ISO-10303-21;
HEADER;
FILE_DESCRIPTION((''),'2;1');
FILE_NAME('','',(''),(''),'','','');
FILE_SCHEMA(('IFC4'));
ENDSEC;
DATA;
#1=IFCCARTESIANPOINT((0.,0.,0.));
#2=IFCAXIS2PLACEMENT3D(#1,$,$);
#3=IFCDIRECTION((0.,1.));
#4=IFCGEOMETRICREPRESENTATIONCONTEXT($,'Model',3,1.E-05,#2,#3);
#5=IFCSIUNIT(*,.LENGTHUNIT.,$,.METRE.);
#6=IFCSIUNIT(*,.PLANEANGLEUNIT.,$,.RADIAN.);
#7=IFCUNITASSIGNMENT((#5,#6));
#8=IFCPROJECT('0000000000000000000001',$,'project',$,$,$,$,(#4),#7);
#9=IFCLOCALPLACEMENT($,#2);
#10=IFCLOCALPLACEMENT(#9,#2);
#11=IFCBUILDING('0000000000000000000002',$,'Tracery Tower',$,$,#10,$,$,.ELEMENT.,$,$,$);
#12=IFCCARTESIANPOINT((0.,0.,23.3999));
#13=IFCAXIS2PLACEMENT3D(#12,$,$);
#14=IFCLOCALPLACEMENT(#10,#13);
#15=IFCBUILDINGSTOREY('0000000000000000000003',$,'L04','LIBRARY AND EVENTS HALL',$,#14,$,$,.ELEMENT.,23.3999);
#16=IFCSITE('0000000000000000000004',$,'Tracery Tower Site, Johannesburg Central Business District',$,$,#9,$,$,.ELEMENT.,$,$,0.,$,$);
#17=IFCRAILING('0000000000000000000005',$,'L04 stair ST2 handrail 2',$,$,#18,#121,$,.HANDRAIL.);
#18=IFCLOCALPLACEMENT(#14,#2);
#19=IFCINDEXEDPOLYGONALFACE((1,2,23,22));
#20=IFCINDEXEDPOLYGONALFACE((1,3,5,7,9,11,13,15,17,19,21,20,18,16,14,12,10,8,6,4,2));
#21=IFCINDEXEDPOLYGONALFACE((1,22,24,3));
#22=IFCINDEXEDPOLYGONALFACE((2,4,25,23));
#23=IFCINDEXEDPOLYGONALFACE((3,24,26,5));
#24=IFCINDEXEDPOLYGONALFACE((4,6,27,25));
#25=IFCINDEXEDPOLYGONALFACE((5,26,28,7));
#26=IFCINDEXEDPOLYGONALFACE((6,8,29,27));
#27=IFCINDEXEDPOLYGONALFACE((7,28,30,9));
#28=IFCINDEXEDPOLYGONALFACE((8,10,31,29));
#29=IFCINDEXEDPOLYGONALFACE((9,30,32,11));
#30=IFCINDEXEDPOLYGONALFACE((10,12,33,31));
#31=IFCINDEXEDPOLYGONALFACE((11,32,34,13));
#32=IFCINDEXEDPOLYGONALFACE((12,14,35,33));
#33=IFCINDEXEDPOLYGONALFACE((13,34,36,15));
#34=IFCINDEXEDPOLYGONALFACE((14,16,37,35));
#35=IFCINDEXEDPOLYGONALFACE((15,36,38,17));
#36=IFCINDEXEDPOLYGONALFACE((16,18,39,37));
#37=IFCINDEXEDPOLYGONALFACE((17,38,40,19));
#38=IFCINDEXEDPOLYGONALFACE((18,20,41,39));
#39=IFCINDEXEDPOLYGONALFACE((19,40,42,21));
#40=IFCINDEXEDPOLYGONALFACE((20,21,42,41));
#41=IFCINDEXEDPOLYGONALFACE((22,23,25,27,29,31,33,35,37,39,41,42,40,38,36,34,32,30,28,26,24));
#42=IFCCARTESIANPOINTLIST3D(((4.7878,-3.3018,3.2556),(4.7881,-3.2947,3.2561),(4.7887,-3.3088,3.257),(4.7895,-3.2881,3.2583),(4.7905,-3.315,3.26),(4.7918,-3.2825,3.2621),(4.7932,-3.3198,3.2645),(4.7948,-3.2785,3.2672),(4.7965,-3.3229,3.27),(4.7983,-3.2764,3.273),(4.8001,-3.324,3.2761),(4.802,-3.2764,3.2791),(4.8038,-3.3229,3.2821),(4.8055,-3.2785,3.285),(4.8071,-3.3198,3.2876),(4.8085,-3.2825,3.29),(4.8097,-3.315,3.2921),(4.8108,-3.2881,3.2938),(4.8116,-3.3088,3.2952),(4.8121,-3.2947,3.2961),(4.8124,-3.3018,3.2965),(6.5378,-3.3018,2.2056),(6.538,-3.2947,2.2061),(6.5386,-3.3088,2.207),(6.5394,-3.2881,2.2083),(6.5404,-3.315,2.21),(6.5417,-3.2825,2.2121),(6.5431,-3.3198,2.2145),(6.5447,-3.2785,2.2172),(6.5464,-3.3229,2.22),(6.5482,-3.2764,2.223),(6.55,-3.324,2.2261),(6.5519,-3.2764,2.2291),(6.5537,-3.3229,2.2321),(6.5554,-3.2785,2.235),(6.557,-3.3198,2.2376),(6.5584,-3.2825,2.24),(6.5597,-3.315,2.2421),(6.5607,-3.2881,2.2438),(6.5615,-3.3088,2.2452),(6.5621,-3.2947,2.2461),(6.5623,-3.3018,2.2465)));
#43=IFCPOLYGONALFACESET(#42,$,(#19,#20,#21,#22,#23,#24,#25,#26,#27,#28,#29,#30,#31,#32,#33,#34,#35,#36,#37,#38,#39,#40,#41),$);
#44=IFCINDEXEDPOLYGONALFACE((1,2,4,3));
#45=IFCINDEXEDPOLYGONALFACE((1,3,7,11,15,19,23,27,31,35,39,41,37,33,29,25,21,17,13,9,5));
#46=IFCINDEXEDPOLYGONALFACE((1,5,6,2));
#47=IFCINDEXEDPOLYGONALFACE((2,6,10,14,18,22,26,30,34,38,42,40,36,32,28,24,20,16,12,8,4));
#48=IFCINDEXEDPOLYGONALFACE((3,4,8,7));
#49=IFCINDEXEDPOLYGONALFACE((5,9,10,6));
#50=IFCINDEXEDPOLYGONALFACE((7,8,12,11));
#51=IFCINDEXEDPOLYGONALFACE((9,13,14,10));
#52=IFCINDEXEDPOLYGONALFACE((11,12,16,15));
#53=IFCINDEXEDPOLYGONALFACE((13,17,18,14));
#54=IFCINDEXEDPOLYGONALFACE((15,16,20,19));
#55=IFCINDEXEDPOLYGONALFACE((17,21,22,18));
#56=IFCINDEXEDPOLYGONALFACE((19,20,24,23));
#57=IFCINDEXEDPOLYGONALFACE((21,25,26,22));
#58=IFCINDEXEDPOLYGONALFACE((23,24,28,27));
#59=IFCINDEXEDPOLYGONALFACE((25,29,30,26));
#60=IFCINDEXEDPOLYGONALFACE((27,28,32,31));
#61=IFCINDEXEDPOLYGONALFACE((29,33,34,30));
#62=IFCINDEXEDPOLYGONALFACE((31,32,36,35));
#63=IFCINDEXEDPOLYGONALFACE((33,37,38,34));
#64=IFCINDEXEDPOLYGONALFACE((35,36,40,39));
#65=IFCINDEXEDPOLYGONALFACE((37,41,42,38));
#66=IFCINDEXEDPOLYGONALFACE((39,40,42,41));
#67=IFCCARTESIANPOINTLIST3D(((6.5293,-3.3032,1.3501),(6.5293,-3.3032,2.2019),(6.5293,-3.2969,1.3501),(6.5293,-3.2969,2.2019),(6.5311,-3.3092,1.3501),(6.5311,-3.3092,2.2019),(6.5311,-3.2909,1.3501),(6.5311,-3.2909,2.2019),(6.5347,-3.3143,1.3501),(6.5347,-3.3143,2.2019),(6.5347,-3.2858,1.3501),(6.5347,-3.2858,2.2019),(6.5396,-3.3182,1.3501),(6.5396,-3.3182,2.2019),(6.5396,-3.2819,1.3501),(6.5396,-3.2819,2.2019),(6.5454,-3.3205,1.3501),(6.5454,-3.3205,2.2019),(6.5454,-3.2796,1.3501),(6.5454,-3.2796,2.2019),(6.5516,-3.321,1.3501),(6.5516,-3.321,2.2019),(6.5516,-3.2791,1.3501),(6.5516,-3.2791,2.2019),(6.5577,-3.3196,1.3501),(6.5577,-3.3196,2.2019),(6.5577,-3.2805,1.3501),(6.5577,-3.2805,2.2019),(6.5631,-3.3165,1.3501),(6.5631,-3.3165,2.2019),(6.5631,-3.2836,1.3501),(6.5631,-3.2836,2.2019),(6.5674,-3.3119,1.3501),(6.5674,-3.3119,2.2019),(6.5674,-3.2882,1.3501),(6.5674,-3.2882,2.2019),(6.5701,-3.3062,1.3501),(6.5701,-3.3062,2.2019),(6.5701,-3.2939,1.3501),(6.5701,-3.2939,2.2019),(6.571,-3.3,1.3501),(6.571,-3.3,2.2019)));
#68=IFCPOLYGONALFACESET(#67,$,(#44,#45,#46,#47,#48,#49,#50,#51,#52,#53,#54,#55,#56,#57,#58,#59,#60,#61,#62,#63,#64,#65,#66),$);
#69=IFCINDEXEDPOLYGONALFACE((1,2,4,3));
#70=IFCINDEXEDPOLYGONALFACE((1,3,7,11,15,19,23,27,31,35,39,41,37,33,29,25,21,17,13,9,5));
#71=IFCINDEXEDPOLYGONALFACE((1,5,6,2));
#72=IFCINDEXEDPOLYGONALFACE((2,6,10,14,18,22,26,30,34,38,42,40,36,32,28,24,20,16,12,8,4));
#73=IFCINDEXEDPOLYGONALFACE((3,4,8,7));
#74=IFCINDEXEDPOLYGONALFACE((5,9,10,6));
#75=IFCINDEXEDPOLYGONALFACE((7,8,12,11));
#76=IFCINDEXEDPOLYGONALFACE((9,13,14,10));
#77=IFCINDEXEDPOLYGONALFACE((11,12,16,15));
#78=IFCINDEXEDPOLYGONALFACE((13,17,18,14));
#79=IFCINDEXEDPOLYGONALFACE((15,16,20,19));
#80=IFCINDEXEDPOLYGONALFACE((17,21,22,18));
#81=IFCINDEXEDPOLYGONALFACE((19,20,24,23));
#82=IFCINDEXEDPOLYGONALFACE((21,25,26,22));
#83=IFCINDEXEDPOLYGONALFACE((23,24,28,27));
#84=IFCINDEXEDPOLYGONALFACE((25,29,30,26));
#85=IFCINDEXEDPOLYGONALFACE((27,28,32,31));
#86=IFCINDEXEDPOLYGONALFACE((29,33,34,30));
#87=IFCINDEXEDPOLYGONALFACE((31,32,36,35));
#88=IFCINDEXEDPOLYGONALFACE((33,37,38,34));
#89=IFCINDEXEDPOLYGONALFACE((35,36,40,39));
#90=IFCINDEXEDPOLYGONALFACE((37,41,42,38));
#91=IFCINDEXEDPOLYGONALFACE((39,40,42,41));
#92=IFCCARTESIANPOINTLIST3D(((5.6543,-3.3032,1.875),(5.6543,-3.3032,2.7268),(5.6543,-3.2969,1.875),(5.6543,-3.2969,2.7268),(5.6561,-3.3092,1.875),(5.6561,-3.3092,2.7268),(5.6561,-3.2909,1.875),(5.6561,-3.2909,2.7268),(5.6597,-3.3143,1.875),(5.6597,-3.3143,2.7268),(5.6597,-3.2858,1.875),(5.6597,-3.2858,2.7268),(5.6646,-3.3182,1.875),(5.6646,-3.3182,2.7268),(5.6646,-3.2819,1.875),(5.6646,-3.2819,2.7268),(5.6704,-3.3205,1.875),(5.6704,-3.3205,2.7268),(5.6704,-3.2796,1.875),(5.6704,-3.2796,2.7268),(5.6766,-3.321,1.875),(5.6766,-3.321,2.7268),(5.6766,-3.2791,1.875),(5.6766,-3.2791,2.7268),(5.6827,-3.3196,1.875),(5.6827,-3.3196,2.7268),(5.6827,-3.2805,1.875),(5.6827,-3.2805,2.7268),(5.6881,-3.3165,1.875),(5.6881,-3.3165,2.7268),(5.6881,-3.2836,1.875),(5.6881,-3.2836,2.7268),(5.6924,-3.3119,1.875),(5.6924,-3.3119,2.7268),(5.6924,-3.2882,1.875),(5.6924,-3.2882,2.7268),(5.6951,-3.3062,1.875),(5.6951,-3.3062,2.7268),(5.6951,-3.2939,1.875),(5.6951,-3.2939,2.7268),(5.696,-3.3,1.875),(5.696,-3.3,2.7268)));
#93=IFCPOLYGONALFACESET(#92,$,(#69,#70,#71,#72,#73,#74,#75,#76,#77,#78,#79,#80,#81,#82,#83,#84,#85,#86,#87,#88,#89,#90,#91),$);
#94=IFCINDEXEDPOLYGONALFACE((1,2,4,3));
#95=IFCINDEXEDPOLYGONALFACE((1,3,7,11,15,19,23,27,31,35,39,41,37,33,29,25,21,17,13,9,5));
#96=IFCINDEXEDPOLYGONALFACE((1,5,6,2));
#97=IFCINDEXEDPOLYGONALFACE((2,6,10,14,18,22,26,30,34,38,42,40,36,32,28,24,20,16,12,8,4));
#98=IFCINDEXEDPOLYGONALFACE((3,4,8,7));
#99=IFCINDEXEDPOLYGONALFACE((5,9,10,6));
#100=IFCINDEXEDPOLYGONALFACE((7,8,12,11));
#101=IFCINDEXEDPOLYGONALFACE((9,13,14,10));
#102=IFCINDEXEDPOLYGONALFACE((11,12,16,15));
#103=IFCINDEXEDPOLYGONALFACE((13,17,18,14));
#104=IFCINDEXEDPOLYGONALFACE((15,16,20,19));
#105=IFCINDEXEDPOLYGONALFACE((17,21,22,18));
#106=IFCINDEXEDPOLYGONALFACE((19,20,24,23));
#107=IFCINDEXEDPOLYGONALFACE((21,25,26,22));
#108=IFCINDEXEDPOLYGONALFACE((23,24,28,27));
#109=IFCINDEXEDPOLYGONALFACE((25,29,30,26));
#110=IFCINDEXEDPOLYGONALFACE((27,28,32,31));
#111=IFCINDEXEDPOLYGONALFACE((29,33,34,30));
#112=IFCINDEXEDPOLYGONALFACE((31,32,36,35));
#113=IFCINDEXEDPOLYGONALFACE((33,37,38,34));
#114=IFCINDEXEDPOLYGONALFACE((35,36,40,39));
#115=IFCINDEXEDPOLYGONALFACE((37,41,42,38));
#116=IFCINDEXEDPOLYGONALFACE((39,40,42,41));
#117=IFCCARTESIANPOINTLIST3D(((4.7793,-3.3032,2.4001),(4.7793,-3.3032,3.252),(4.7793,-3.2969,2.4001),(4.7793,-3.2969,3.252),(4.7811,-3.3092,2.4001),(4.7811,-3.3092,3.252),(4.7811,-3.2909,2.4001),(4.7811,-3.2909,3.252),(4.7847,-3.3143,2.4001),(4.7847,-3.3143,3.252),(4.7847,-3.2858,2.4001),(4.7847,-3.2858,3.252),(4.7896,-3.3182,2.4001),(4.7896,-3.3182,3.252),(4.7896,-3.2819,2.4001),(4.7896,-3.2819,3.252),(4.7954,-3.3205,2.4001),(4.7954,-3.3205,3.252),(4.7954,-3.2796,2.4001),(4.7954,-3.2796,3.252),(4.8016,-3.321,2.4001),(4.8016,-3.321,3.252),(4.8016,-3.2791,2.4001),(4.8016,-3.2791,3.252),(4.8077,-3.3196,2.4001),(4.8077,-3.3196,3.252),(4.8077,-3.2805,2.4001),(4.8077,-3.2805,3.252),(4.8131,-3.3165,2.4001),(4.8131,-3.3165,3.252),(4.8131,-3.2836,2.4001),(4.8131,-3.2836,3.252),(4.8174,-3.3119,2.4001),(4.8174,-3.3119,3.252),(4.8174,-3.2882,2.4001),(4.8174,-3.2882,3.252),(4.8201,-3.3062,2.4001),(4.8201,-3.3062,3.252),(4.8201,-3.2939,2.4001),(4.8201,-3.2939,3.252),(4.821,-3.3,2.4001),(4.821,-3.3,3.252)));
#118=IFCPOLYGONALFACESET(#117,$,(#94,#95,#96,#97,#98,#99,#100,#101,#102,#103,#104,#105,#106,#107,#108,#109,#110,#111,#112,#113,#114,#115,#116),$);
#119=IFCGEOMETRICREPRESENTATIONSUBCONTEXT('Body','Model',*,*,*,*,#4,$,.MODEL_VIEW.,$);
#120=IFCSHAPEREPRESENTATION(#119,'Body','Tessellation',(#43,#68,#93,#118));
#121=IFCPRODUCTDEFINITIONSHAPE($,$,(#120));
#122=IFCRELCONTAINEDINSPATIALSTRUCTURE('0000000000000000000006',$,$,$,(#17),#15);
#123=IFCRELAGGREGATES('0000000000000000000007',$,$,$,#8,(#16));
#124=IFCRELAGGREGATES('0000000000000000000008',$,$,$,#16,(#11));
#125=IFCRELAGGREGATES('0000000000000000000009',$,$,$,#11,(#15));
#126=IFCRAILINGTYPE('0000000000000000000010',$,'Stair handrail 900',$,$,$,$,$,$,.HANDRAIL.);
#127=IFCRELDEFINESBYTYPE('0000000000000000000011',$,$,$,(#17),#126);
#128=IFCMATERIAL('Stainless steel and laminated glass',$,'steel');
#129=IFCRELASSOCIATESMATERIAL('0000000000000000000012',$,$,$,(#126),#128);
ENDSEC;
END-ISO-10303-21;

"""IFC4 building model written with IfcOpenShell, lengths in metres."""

from ifc_helpers import new_model, si_unit, direction, frame, origin, origin_2d, place, context, subcontext, project, spatial, circle, extrude, material, type_object, element, save


model = new_model("IFC4")

# Units and contexts
model_context = context("Model", 3, precision=1e-05, world=origin(), true_north=direction((0.0, 1.0)))
body_context = subcontext(model_context, "Body", "Model", "MODEL_VIEW")
ifc_project = project(units=[si_unit("LENGTHUNIT", "METRE"), si_unit("PLANEANGLEUNIT", "RADIAN")], contexts=[model_context])

# Site, building, storey
site_placement = place(None, origin())
site = spatial("IfcSite", under=ifc_project, at=site_placement, Name="Tracery Tower Site, Johannesburg Central Business District", CompositionType="ELEMENT", RefElevation=0.0)
building_placement = place(site_placement, origin())
building = spatial("IfcBuilding", under=site, at=building_placement, Name="Tracery Tower", CompositionType="ELEMENT")
storey_placement = place(building_placement, frame((0.0, 0.0, 23.3999)))
storey = spatial("IfcBuildingStorey", under=building, at=storey_placement, Name="L04", Description="LIBRARY AND EVENTS HALL", CompositionType="ELEMENT", Elevation=23.3999)

# Railing
ifc_material_1 = material(Name="Stainless steel and laminated glass", Category="steel")
railing_type_1 = type_object("IfcRailingType", Name="Stair handrail 900", PredefinedType="HANDRAIL", material=ifc_material_1)
railing_1_placement = place(storey_placement, frame((6.55, -3.3, 1.3501)))
element("IfcRailing", 1, at=railing_1_placement, inside=storey, type_object=railing_type_1, Name="L04 stair ST2 handrail 2", PredefinedType="HANDRAIL", context=body_context, shape_type="SweptSolid", body=[
    extrude(circle(Radius=0.0239, at=origin_2d()), frame((0.0, 0.0, 0.876), z_axis=(-0.857482, 0.0, 0.514513), x_axis=(0.0, -1.0, 0.0)), (0.0, 0.0, 1.0), 2.0408),
    extrude(circle(Radius=0.021, at=origin_2d()), origin(), (0.0, 0.0, 1.0), 0.8518),
    extrude(circle(Radius=0.021, at=origin_2d()), frame((-0.875, 0.0, 0.5249)), (0.0, 0.0, 1.0), 0.8518),
    extrude(circle(Radius=0.021, at=origin_2d()), frame((-1.75, 0.0, 1.05)), (0.0, 0.0, 1.0), 0.8518),
])

save(model, "model.ifc")
